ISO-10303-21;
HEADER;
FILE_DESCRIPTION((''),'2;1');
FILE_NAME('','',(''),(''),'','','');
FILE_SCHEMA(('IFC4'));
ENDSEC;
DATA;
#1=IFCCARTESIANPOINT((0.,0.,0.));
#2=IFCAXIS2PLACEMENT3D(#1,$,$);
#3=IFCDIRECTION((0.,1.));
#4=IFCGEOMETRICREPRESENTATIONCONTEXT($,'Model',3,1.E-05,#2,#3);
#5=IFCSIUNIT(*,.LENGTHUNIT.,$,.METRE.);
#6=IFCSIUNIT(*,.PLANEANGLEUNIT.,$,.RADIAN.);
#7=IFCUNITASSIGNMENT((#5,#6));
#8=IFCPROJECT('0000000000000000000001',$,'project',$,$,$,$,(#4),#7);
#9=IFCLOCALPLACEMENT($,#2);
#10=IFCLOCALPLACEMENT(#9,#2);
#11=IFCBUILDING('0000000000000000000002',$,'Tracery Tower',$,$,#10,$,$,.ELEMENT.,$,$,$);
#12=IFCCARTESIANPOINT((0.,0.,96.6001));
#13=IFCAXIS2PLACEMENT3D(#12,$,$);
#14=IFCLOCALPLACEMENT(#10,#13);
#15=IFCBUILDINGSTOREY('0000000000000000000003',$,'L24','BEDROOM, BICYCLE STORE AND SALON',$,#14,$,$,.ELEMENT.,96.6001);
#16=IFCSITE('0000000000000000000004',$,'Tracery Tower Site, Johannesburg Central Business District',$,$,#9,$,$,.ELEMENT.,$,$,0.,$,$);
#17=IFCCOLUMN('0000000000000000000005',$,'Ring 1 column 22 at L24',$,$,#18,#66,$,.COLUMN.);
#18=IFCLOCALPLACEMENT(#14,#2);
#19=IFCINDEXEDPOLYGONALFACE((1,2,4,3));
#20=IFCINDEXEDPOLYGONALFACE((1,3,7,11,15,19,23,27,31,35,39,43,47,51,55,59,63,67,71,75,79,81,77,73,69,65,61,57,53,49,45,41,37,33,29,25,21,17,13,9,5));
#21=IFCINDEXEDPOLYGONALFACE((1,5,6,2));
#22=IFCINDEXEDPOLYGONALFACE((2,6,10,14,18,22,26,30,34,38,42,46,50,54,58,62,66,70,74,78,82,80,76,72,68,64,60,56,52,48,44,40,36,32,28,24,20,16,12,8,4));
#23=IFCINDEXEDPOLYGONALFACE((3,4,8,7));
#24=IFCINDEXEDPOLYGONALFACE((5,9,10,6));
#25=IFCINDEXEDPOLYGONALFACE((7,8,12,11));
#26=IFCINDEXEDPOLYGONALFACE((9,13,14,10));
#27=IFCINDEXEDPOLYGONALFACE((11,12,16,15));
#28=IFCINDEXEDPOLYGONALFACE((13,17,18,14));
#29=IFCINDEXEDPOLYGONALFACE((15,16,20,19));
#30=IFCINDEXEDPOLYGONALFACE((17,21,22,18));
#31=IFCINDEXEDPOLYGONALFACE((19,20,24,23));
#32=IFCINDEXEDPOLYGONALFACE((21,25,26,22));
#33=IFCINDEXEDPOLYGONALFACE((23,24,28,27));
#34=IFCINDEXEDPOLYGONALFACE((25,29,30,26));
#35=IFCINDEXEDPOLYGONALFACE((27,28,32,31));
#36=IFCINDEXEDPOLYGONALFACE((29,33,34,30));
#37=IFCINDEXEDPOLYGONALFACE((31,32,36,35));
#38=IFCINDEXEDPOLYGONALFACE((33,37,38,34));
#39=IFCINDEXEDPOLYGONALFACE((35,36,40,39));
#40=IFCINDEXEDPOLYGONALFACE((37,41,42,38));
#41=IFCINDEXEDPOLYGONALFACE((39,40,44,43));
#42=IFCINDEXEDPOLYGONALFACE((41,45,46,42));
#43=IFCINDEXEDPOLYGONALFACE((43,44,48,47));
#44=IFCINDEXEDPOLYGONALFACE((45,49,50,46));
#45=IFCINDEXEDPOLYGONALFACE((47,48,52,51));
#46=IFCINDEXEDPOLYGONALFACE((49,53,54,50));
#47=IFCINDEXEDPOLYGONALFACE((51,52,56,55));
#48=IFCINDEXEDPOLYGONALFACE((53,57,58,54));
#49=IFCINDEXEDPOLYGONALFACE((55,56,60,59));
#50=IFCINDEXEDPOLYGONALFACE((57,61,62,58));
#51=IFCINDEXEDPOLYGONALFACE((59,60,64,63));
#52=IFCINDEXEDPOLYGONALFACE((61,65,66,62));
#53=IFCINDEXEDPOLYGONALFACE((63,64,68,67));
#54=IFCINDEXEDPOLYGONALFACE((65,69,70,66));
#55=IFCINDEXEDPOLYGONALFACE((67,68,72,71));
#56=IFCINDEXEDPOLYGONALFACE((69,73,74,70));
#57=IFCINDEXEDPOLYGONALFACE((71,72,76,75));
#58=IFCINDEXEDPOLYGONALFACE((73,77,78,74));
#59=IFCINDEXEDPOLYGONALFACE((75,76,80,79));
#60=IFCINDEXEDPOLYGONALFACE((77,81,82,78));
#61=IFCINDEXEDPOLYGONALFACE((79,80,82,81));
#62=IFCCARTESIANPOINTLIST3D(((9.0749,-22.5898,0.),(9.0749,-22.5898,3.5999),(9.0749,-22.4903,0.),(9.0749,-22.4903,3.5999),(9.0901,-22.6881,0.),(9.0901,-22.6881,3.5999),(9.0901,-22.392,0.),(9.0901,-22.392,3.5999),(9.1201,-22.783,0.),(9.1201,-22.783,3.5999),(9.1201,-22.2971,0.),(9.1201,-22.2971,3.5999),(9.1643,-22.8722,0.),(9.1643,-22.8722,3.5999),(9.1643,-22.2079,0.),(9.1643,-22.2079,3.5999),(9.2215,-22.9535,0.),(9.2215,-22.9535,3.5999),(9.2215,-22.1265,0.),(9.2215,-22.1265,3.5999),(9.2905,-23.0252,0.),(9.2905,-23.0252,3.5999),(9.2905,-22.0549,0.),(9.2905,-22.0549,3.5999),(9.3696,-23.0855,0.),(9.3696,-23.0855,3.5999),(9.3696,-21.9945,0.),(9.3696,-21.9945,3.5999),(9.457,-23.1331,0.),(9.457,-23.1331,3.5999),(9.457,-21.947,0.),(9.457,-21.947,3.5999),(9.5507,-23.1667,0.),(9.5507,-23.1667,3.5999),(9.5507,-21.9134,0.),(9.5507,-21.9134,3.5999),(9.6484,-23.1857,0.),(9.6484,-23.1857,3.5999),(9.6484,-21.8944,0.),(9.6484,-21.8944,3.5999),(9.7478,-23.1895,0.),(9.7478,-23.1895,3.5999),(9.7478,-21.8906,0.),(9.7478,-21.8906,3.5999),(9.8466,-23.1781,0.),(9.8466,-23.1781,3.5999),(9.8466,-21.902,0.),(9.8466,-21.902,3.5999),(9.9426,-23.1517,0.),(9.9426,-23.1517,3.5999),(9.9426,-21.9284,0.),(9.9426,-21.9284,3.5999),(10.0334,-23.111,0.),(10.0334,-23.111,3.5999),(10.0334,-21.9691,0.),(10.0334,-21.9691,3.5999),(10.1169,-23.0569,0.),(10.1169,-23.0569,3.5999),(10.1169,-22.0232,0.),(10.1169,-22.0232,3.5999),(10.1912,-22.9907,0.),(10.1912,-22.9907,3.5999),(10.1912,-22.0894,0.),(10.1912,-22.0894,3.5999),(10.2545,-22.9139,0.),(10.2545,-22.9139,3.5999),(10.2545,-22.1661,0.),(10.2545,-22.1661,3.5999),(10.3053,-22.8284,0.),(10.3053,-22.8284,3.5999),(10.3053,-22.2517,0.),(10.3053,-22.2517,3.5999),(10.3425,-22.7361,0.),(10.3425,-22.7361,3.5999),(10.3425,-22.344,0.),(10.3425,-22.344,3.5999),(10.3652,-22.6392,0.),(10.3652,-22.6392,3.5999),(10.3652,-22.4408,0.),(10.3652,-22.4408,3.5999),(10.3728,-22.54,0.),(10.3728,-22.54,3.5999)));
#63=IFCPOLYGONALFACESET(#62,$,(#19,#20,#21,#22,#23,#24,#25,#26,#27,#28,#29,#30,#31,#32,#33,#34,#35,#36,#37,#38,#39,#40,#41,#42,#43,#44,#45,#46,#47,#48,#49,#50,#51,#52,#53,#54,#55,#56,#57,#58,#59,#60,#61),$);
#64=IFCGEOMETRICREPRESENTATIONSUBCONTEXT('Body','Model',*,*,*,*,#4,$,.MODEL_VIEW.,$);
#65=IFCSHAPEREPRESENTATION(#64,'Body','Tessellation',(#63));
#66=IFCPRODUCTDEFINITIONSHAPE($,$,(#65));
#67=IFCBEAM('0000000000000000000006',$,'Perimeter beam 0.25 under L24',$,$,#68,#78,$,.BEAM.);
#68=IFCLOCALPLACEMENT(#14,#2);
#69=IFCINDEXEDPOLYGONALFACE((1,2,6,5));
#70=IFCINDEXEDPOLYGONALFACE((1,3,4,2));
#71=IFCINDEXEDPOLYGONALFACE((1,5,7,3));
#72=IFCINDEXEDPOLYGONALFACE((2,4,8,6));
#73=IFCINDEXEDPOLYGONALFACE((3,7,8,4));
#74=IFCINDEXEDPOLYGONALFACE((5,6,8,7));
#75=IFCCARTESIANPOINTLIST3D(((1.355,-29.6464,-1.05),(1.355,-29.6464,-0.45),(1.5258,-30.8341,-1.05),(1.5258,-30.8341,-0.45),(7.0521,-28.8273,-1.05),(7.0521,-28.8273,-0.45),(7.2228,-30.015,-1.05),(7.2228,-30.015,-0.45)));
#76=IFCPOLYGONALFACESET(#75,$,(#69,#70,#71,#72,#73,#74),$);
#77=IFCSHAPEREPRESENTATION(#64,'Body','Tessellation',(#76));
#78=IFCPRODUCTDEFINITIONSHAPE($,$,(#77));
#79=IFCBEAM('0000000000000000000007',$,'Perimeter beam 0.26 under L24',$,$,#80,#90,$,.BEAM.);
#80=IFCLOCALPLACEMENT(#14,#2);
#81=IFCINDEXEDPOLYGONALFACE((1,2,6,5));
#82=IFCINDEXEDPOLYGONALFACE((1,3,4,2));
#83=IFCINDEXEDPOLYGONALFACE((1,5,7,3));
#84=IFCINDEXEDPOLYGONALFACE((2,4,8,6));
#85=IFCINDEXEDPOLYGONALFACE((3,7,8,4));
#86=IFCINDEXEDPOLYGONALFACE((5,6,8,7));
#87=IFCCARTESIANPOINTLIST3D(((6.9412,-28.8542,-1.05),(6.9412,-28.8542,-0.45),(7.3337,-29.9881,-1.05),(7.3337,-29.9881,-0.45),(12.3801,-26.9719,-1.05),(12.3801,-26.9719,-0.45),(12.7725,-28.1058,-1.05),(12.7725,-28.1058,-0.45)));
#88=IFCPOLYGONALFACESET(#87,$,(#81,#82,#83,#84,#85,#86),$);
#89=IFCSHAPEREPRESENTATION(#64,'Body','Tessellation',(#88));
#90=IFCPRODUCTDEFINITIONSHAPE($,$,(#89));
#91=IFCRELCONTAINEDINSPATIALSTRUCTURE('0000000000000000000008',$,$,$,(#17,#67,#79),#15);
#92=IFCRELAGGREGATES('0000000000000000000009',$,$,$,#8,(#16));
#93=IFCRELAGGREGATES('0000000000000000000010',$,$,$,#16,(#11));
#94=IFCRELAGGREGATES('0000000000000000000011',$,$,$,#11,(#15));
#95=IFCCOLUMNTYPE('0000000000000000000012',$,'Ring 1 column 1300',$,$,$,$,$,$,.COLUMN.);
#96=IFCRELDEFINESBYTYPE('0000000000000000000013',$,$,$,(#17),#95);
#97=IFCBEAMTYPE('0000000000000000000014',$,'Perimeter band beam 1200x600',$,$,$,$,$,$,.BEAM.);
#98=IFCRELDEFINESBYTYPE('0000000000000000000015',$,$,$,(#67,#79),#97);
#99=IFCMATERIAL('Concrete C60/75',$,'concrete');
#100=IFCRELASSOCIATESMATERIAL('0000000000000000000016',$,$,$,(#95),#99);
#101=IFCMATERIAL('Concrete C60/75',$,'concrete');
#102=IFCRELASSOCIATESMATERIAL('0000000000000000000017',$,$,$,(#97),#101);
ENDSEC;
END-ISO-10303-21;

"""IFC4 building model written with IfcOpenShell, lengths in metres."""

from ifc_helpers import new_model, si_unit, direction, frame, origin, origin_2d, place, context, subcontext, project, spatial, rectangle, circle, extrude, material, material_profile, profile_set, type_object, element, save


model = new_model("IFC4")

# Units and contexts
model_context = context("Model", 3, precision=1e-05, world=origin(), true_north=direction((0.0, 1.0)))
body_context = subcontext(model_context, "Body", "Model", "MODEL_VIEW")
ifc_project = project(units=[si_unit("LENGTHUNIT", "METRE"), si_unit("PLANEANGLEUNIT", "RADIAN")], contexts=[model_context])

# Site, building, storey
site_placement = place(None, origin())
site = spatial("IfcSite", under=ifc_project, at=site_placement, Name="Tracery Tower Site, Johannesburg Central Business District", CompositionType="ELEMENT", RefElevation=0.0)
building_placement = place(site_placement, origin())
building = spatial("IfcBuilding", under=site, at=building_placement, Name="Tracery Tower", CompositionType="ELEMENT")
storey_placement = place(building_placement, frame((0.0, 0.0, 96.6001)))
storey = spatial("IfcBuildingStorey", under=building, at=storey_placement, Name="L24", Description="BEDROOM, BICYCLE STORE AND SALON", CompositionType="ELEMENT", Elevation=96.6001)

# Column
ifc_material_1 = material(Name="Concrete C60/75", Category="concrete")
ifc_material_profile_1 = material_profile(ifc_material_1, circle(Radius=0.6499, at=origin_2d()), Name="RC D1300")
ifc_profile_set_1 = profile_set([ifc_material_profile_1], Name="Concrete C60/75")
column_type_1 = type_object("IfcColumnType", Name="Ring 1 column 1300", PredefinedType="COLUMN", material=ifc_profile_set_1)
for number, where, z_axis, x_axis, name in (
    (1, (9.7229, -22.54, 0.0), (0.0, 0.0, 1.0), (1.0, 0.0, 0.0), "Ring 1 column 22 at L24"),
):
    element("IfcColumn", number, at=place(storey_placement, frame(where, z_axis=z_axis, x_axis=x_axis)), inside=storey, type_object=column_type_1, Name=name, PredefinedType="COLUMN", context=body_context, shape_type="SweptSolid", body=[
        extrude(circle(Radius=0.6499, at=origin_2d()), origin(), (0.0, 0.0, 1.0), 3.5999),
    ])

# Beams
ifc_material_2 = material(Name="Concrete C60/75", Category="concrete")
ifc_material_profile_2 = material_profile(ifc_material_2, rectangle(XDim=1.2, YDim=0.6001, at=origin_2d()), Name="RC 1200x600")
ifc_profile_set_2 = profile_set([ifc_material_profile_2], Name="Concrete C60/75")
beam_type = type_object("IfcBeamType", Name="Perimeter band beam 1200x600", PredefinedType="BEAM", material=ifc_profile_set_2)
beam_1_placement = place(storey_placement, frame((1.4404, -30.2402, -0.75), z_axis=(0.989822, 0.142312, 0.0), x_axis=(-0.142312, 0.989822, 0.0)))
element("IfcBeam", 2, at=beam_1_placement, inside=storey, type_object=beam_type, Name="Perimeter beam 0.25 under L24", PredefinedType="BEAM", context=body_context, shape_type="SweptSolid", body=[
    extrude(rectangle(XDim=1.2, YDim=0.6001, at=origin_2d()), origin(), (0.0, 0.0, 1.0), 5.7556),
])
beam_2_placement = place(storey_placement, frame((7.1375, -29.4211, -0.75), z_axis=(0.945007, 0.327049, 0.0), x_axis=(-0.327049, 0.945007, 0.0)))
element("IfcBeam", 3, at=beam_2_placement, inside=storey, type_object=beam_type, Name="Perimeter beam 0.26 under L24", PredefinedType="BEAM", context=body_context, shape_type="SweptSolid", body=[
    extrude(rectangle(XDim=1.2, YDim=0.6001, at=origin_2d()), origin(), (0.0, 0.0, 1.0), 5.7554),
])

save(model, "model.ifc")
